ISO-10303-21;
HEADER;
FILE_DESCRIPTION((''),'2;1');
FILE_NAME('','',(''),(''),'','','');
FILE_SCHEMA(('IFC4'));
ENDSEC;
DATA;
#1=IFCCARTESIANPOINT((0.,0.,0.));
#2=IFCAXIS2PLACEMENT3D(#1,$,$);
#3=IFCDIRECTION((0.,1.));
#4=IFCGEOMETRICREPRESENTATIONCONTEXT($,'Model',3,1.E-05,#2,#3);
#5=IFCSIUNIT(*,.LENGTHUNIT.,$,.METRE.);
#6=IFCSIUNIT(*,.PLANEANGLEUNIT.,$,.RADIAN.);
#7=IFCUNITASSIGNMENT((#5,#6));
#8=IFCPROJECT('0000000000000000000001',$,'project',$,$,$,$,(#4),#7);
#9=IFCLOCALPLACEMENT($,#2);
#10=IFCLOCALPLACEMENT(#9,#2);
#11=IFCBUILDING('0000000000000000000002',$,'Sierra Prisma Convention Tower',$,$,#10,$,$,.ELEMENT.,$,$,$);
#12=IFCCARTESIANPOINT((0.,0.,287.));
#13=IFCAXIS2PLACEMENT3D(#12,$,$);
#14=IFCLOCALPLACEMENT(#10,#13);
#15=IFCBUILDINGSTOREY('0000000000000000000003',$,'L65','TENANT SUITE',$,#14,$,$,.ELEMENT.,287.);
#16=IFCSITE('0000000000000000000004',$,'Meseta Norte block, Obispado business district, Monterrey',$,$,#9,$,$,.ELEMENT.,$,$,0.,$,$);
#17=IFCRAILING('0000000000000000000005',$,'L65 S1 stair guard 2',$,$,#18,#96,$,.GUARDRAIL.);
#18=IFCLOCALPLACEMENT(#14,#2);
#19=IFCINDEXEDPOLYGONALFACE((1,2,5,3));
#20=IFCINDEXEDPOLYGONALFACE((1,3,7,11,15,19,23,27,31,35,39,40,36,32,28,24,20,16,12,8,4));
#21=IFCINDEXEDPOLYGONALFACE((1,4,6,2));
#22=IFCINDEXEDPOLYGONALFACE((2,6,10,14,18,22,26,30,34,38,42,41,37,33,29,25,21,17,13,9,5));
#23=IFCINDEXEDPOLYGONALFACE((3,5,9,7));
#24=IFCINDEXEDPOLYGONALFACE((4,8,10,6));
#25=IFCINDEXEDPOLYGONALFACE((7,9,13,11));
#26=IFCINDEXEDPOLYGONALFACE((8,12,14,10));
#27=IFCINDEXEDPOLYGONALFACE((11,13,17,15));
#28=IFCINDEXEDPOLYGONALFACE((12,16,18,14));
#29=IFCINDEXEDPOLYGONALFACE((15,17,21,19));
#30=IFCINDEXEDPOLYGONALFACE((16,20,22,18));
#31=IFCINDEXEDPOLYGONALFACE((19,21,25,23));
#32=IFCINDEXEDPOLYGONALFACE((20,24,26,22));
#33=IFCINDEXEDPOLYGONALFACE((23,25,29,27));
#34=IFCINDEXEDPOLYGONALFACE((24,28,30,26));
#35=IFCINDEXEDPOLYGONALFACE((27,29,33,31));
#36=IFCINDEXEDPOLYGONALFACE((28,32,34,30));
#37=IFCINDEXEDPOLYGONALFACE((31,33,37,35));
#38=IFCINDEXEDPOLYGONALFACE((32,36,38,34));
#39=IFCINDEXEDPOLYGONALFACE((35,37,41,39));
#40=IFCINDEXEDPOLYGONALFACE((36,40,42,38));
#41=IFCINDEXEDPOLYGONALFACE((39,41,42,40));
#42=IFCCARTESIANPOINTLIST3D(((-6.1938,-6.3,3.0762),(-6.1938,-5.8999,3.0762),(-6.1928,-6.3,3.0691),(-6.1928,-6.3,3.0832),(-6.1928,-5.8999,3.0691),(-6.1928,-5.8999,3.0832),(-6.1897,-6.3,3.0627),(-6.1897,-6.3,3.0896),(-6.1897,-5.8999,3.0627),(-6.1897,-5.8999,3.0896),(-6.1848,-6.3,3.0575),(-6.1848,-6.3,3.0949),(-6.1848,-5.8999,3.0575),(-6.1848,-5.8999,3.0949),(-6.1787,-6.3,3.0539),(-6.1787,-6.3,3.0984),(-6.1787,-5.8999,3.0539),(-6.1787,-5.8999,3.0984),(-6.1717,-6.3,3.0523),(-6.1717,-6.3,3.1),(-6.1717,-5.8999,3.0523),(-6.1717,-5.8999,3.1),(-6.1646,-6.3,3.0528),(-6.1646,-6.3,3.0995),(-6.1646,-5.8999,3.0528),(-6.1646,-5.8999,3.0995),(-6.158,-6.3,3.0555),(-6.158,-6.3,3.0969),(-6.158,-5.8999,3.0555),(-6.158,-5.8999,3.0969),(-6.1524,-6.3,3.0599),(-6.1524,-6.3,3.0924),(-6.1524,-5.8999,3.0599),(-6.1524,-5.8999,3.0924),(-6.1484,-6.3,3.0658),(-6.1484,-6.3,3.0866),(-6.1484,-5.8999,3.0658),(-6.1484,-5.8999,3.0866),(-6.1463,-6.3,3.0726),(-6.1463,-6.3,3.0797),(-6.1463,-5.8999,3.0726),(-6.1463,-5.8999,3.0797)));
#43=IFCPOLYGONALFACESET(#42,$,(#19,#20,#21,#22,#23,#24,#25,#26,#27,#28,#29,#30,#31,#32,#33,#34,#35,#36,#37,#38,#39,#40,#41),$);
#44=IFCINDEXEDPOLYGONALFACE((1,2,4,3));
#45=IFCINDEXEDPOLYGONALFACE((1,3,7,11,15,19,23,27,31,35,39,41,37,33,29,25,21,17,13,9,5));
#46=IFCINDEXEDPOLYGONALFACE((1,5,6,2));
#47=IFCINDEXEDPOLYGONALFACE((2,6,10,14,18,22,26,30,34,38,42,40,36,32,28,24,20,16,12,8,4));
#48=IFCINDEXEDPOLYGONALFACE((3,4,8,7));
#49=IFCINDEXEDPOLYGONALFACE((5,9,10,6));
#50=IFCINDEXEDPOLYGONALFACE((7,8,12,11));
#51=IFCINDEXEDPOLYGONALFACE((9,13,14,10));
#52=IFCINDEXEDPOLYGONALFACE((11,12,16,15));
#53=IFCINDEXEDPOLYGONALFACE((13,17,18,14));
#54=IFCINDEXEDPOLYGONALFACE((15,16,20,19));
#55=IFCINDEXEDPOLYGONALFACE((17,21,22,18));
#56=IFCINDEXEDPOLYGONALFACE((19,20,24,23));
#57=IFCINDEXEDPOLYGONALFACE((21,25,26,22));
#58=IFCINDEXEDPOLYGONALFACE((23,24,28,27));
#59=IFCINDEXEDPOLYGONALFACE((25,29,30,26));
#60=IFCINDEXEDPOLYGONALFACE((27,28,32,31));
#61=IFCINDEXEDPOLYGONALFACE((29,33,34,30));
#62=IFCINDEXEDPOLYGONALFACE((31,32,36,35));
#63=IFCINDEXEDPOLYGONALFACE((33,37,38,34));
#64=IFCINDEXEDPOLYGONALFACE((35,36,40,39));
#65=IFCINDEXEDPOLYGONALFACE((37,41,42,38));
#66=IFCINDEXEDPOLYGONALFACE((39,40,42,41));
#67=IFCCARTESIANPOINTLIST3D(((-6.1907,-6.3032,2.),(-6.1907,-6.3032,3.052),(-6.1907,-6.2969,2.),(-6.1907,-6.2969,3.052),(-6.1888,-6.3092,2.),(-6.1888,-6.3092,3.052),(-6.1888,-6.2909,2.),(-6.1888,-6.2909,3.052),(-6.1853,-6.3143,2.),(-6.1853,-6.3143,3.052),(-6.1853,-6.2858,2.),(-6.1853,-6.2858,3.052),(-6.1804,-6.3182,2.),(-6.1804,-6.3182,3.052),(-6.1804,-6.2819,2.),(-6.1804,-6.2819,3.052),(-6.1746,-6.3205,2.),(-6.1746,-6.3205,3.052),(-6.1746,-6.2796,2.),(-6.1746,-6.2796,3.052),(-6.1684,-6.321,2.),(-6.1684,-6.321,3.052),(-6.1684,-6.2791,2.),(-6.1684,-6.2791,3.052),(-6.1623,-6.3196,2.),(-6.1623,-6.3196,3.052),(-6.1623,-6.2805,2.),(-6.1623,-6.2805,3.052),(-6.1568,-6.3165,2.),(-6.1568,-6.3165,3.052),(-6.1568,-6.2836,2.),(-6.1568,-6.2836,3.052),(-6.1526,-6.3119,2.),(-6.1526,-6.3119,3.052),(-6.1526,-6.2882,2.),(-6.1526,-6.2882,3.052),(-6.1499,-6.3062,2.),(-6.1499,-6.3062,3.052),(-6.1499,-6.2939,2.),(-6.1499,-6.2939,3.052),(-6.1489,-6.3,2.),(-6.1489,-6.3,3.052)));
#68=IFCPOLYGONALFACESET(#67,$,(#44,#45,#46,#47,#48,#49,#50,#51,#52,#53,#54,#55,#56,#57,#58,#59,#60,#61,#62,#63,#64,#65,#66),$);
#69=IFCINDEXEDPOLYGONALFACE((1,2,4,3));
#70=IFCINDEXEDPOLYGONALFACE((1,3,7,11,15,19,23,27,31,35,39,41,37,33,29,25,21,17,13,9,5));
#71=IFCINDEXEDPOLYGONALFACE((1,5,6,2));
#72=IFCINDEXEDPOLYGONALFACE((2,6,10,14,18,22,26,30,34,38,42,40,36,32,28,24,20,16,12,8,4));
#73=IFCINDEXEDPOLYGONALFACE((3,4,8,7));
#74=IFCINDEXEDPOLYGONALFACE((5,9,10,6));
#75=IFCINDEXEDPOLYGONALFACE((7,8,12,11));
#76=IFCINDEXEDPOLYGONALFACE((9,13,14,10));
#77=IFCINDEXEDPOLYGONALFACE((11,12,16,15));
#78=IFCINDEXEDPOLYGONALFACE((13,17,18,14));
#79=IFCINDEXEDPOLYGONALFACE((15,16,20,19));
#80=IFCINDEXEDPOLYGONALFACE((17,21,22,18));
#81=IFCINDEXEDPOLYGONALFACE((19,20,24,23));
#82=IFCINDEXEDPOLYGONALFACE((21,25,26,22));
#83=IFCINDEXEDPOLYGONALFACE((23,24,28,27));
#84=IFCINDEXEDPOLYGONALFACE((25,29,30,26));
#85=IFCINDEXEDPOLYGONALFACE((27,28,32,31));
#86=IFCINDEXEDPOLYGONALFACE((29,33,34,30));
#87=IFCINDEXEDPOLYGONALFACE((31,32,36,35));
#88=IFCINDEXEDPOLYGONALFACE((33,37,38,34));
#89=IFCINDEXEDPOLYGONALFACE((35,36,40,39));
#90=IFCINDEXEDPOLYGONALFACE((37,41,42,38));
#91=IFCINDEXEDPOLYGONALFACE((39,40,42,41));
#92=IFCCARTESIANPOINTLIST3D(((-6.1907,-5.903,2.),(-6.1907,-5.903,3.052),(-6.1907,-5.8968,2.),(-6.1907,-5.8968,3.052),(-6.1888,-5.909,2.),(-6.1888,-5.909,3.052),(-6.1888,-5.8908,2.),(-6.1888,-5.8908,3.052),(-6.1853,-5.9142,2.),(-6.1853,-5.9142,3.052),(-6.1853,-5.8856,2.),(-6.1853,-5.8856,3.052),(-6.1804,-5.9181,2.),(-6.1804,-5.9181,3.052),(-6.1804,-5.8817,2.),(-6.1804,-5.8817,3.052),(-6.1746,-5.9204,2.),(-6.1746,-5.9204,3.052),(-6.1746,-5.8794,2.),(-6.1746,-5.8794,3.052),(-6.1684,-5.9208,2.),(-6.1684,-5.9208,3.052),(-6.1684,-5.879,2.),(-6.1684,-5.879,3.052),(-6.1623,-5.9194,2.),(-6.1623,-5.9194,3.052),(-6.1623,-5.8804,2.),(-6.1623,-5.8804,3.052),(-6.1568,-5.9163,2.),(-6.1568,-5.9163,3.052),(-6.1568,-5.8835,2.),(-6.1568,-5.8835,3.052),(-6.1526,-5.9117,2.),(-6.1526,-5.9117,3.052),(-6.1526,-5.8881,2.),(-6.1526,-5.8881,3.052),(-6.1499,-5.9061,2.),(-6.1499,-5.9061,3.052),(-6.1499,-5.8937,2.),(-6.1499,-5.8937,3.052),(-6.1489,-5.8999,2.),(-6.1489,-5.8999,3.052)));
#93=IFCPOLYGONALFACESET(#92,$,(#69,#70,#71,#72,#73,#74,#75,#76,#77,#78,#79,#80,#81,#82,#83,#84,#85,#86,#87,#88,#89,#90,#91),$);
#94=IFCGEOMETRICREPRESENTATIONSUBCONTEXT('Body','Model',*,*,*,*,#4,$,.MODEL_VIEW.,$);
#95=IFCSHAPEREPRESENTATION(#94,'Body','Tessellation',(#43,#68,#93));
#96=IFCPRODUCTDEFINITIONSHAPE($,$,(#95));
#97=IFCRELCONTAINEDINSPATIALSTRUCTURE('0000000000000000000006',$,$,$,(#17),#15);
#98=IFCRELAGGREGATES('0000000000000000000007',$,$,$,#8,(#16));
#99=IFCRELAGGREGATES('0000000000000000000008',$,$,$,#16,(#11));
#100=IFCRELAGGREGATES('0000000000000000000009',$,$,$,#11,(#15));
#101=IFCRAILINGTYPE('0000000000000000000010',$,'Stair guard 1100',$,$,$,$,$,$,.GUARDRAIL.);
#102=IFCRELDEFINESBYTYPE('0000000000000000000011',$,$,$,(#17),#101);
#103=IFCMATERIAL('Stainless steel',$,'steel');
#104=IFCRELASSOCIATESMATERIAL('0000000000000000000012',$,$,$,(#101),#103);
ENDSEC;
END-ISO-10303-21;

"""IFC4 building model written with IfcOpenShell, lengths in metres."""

from ifc_helpers import new_model, si_unit, direction, frame, origin, origin_2d, place, context, subcontext, project, spatial, circle, extrude, material, type_object, element, save


model = new_model("IFC4")

# Units and contexts
model_context = context("Model", 3, precision=1e-05, world=origin(), true_north=direction((0.0, 1.0)))
body_context = subcontext(model_context, "Body", "Model", "MODEL_VIEW")
ifc_project = project(units=[si_unit("LENGTHUNIT", "METRE"), si_unit("PLANEANGLEUNIT", "RADIAN")], contexts=[model_context])

# Site, building, storey
site_placement = place(None, origin())
site = spatial("IfcSite", under=ifc_project, at=site_placement, Name="Meseta Norte block, Obispado business district, Monterrey", CompositionType="ELEMENT", RefElevation=0.0)
building_placement = place(site_placement, origin())
building = spatial("IfcBuilding", under=site, at=building_placement, Name="Sierra Prisma Convention Tower", CompositionType="ELEMENT")
storey_placement = place(building_placement, frame((0.0, 0.0, 287.0)))
storey = spatial("IfcBuildingStorey", under=building, at=storey_placement, Name="L65", Description="TENANT SUITE", CompositionType="ELEMENT", Elevation=287.0)

# Railing
ifc_material_1 = material(Name="Stainless steel", Category="steel")
railing_type_1 = type_object("IfcRailingType", Name="Stair guard 1100", PredefinedType="GUARDRAIL", material=ifc_material_1)
railing_1_placement = place(storey_placement, frame((-6.1699, -6.3, 2.0)))
element("IfcRailing", 1, at=railing_1_placement, inside=storey, type_object=railing_type_1, Name="L65 S1 stair guard 2", PredefinedType="GUARDRAIL", context=body_context, shape_type="SweptSolid", body=[
    extrude(circle(Radius=0.0239, at=origin_2d()), frame((0.0, 0.0, 1.0762), z_axis=(0.0, 1.0, 0.0), x_axis=(-1.0, 0.0, 0.0)), (0.0, 0.0, 1.0), 0.4001),
    extrude(circle(Radius=0.021, at=origin_2d()), origin(), (0.0, 0.0, 1.0), 1.052),
    extrude(circle(Radius=0.021, at=origin_2d()), frame((0.0, 0.4001, 0.0)), (0.0, 0.0, 1.0), 1.052),
])

save(model, "model.ifc")
